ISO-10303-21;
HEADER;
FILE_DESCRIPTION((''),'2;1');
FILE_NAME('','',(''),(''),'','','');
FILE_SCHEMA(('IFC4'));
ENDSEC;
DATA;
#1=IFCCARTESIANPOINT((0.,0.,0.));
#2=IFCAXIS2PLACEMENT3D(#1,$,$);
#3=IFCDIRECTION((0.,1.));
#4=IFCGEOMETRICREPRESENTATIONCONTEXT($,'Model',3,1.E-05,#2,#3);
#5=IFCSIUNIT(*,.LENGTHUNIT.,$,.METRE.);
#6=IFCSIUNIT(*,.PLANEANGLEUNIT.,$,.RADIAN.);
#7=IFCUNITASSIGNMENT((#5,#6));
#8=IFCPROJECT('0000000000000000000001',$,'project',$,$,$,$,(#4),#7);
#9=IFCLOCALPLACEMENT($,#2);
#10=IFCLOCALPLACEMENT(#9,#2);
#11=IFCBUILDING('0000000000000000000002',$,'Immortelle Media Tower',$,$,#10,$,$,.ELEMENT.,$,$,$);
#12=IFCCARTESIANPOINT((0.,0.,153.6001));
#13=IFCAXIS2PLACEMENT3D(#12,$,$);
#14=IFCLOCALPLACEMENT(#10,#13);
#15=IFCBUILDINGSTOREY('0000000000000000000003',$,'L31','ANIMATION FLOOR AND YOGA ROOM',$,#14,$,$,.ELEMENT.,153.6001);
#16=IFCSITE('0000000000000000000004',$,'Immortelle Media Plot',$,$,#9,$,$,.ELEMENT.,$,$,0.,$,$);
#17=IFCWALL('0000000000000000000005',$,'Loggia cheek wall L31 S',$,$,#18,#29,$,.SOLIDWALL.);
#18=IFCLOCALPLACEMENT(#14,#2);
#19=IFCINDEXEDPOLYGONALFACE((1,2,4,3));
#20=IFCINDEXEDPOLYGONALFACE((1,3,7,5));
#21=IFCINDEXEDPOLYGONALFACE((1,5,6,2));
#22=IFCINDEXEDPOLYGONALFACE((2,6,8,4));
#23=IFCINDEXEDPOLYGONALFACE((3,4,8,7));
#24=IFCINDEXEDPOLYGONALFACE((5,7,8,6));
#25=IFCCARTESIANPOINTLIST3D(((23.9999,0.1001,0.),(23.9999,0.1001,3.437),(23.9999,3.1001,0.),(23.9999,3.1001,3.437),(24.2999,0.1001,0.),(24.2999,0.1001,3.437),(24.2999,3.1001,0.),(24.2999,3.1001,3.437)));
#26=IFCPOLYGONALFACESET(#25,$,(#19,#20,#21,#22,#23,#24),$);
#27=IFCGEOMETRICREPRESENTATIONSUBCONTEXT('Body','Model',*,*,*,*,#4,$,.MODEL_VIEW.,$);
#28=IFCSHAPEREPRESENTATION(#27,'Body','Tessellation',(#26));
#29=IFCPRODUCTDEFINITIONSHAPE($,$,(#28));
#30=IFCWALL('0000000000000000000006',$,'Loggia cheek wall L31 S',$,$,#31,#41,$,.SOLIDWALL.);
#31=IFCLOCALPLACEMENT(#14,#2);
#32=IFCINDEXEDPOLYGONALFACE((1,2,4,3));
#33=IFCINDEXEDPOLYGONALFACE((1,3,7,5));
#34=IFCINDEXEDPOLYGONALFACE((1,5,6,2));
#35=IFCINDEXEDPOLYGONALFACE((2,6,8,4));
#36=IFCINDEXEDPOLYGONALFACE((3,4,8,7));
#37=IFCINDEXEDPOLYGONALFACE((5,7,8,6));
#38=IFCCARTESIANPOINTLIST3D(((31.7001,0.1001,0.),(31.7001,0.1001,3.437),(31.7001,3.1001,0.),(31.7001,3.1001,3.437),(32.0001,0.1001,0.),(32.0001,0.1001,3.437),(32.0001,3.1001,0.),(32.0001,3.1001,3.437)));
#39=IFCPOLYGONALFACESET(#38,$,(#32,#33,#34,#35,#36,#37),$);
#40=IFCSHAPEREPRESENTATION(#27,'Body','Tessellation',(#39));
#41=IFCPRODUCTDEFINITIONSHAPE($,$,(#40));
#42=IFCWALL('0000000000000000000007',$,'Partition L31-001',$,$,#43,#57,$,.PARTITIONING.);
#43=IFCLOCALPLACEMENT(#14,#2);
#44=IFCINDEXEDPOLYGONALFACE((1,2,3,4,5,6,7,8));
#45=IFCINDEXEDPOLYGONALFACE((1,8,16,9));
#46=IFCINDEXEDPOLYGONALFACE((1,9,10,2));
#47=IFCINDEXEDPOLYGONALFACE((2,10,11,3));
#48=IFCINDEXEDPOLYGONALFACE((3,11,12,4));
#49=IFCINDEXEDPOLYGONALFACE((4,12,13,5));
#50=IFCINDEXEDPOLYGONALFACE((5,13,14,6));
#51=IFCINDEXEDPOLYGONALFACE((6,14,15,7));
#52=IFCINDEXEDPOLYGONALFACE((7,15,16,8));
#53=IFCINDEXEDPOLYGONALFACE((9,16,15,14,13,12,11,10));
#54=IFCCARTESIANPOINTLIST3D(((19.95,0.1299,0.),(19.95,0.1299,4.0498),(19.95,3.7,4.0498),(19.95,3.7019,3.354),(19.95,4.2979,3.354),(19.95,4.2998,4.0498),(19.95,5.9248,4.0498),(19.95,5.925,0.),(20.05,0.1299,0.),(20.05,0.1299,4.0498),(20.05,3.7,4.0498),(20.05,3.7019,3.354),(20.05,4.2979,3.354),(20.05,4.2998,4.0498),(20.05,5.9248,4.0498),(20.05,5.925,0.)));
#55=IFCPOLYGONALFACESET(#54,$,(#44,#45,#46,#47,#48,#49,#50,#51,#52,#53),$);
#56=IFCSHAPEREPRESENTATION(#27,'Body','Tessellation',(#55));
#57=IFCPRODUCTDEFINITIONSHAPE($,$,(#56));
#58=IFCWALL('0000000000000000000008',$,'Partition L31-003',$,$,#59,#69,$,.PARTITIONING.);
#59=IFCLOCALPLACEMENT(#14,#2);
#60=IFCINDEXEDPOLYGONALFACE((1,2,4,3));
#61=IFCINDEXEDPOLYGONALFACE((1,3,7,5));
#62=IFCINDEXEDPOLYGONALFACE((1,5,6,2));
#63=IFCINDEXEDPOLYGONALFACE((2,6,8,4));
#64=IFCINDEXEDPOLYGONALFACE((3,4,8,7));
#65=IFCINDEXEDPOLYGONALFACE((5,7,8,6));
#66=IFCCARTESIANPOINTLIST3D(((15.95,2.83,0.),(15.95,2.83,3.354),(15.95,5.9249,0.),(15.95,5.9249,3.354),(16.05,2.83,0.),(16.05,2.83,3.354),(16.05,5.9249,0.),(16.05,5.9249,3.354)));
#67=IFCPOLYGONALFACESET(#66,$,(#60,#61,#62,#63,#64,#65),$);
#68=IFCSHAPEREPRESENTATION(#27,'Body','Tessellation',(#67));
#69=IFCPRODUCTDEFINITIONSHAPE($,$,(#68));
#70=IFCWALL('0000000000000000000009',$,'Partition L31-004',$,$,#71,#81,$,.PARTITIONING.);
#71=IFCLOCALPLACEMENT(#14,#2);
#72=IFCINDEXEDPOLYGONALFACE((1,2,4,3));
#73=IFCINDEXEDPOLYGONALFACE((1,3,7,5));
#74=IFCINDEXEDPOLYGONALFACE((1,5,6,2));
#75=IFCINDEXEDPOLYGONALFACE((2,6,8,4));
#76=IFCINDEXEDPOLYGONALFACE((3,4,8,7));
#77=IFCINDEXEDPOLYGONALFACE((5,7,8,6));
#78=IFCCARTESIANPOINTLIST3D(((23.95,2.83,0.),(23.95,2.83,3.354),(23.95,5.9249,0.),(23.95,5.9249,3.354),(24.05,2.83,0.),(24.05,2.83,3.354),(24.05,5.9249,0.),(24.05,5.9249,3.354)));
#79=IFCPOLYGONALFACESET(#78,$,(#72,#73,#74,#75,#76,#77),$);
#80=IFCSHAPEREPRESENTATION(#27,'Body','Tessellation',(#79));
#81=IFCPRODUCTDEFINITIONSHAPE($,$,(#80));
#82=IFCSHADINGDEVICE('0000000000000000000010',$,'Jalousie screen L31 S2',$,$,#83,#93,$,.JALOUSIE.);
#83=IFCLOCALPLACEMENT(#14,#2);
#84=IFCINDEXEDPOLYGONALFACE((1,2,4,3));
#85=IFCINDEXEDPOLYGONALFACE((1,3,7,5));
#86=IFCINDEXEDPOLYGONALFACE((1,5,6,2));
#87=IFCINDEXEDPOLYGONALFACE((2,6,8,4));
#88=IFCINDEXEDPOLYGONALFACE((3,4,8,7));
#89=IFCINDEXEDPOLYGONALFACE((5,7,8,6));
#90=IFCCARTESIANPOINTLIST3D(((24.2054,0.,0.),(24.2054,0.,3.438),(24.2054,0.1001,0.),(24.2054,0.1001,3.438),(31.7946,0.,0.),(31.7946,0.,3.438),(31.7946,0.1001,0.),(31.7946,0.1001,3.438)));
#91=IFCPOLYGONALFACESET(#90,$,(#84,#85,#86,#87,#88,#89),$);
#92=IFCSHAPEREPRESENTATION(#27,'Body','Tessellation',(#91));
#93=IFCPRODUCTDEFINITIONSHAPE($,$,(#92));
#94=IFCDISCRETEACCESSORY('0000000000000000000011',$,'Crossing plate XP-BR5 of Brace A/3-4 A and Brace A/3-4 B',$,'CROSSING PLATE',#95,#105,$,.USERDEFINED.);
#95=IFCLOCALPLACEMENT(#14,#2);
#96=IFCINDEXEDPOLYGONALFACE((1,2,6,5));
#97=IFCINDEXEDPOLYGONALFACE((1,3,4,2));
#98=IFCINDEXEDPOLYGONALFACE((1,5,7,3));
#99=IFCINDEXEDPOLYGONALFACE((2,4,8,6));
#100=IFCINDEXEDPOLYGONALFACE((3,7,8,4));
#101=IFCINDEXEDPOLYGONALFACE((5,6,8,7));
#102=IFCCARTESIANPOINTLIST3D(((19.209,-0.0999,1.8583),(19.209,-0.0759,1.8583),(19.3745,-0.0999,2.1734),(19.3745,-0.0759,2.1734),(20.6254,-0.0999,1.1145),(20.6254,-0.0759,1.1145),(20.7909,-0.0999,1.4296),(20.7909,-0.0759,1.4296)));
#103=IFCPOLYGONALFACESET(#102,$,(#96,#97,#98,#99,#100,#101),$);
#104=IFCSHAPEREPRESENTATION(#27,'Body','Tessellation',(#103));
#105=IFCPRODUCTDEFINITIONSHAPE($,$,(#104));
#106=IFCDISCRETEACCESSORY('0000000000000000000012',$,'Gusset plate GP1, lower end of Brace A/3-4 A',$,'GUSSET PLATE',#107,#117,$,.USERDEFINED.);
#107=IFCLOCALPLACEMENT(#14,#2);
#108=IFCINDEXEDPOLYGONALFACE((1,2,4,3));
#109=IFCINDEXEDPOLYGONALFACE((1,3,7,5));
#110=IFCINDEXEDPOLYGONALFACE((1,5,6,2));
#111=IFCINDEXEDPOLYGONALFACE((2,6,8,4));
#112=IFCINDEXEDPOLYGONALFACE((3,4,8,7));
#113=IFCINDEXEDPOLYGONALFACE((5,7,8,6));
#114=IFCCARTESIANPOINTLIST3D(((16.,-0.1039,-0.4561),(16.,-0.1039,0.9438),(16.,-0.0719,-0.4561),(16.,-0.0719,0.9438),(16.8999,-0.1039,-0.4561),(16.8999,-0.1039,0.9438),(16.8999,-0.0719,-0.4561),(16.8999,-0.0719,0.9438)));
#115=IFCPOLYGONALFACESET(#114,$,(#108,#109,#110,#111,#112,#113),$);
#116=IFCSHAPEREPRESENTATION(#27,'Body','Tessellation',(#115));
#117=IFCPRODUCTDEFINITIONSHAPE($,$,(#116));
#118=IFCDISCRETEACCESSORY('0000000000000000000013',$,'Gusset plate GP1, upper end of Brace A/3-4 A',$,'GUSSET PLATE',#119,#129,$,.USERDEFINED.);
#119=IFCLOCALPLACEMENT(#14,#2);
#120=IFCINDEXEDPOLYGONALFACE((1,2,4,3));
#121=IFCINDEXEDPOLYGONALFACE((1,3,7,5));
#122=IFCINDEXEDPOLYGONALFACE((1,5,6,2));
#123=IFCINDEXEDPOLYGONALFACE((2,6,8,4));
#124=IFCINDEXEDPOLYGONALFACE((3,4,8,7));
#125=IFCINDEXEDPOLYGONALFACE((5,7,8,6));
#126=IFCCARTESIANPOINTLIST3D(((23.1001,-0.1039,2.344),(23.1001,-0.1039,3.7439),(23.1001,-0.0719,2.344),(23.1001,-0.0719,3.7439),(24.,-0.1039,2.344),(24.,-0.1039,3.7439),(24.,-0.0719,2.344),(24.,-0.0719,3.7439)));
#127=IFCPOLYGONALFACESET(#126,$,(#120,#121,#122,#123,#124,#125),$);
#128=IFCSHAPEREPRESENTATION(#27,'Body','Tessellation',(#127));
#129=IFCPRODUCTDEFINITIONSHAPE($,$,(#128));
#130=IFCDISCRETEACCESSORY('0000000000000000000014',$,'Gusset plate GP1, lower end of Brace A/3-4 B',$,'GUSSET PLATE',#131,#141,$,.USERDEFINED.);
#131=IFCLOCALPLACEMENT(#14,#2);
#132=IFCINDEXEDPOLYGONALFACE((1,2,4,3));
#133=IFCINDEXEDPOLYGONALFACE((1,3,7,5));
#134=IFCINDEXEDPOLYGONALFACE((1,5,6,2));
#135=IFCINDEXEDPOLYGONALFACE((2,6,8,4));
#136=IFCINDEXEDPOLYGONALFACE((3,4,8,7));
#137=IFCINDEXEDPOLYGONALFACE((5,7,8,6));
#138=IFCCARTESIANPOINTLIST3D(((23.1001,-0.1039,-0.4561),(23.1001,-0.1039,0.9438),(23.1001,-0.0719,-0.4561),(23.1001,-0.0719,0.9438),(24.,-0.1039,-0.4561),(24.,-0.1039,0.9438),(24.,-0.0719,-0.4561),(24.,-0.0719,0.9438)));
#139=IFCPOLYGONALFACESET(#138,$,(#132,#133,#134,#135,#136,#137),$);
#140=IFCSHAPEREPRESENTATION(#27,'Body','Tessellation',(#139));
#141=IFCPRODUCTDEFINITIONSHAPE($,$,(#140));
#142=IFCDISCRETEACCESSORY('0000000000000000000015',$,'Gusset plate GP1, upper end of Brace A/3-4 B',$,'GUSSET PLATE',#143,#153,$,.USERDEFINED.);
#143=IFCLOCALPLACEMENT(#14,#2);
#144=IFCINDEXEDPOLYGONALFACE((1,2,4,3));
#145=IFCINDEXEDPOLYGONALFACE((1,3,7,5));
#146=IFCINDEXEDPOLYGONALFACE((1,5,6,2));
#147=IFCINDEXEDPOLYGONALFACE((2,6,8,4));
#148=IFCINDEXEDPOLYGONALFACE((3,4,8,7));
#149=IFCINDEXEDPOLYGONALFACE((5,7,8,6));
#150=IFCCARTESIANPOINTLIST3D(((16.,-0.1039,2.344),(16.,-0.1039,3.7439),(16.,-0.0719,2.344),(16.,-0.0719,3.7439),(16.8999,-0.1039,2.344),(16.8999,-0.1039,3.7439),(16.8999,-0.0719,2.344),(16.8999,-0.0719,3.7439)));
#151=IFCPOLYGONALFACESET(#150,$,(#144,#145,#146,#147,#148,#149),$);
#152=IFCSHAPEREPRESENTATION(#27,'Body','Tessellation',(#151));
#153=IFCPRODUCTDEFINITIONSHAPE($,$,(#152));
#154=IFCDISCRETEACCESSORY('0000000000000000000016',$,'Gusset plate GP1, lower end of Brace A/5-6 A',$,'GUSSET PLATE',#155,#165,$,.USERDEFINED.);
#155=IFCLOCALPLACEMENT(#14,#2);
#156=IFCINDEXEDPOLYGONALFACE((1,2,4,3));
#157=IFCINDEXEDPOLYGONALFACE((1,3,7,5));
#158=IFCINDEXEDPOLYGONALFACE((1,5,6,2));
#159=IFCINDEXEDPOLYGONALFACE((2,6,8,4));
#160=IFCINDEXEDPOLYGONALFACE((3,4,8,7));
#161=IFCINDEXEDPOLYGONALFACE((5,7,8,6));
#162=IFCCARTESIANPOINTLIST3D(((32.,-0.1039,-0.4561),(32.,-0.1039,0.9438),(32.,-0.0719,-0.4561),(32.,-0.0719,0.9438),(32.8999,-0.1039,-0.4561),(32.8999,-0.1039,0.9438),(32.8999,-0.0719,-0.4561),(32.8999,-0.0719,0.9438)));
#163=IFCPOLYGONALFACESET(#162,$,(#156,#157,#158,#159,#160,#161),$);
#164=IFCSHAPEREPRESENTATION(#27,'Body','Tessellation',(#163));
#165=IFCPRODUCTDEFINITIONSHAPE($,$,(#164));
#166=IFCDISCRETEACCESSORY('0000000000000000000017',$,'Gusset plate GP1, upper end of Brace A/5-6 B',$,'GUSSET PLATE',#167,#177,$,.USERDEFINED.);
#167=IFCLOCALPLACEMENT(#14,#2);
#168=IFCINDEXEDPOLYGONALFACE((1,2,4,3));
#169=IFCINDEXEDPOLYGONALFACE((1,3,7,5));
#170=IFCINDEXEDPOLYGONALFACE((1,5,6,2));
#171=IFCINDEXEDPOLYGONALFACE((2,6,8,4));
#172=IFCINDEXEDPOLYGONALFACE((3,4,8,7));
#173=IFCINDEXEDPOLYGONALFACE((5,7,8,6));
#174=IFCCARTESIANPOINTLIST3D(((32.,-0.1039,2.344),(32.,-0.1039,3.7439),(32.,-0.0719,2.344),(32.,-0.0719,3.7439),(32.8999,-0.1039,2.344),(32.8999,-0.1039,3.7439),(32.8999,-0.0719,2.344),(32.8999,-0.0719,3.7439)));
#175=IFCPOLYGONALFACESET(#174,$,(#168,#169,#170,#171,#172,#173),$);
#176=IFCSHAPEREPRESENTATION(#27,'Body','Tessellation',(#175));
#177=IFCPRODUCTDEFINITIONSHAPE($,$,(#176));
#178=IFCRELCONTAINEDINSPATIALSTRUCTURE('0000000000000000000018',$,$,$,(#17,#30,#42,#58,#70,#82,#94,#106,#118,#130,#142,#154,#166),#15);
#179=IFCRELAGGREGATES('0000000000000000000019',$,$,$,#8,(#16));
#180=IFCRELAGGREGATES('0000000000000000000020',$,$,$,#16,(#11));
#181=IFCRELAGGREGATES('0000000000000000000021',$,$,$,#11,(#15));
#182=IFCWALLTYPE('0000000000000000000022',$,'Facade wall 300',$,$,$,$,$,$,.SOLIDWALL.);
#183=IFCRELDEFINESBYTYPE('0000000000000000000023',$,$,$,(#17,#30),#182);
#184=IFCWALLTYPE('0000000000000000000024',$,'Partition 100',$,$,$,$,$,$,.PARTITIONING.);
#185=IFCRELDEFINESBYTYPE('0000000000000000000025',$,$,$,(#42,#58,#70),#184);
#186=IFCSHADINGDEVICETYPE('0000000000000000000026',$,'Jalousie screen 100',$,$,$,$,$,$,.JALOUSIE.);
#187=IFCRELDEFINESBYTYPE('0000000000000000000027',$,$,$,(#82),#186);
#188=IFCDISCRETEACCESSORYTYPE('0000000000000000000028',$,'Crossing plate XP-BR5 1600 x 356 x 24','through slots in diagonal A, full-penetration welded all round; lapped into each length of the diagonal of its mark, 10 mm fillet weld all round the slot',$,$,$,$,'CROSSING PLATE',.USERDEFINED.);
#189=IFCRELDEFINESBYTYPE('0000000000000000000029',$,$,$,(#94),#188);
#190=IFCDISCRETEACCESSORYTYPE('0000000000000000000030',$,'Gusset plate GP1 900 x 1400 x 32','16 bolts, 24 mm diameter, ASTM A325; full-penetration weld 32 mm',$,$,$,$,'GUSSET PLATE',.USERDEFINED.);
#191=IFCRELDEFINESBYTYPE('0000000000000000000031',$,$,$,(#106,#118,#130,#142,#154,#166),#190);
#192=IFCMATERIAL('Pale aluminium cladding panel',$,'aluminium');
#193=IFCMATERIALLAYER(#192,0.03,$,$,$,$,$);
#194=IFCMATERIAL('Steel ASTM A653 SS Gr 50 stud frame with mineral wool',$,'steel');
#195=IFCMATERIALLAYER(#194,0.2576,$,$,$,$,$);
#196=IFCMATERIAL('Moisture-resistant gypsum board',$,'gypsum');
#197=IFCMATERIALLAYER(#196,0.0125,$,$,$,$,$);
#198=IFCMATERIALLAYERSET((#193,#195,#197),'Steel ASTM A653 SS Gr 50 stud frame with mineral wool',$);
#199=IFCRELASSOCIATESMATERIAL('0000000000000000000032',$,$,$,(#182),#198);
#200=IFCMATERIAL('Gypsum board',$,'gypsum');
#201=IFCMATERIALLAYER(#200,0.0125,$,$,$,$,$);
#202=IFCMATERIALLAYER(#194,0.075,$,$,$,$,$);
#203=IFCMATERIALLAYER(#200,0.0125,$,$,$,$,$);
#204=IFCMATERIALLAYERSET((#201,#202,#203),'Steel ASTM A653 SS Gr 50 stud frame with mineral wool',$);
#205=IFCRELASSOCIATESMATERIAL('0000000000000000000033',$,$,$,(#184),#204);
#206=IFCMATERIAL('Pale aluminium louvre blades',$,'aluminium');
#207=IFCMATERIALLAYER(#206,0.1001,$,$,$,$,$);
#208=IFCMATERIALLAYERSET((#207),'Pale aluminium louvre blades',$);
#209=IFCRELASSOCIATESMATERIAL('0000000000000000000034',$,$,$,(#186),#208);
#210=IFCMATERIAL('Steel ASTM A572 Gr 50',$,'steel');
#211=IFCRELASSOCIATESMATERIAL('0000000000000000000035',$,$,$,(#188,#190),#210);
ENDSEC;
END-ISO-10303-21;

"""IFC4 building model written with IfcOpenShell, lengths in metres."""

from ifc_helpers import new_model, si_unit, direction, frame, frame_2d, origin, origin_2d, place, context, subcontext, project, spatial, polyline, rectangle, outline, extrude, material, layer, layer_set, material_profile, profile_set, type_object, element, save


model = new_model("IFC4")

# Units and contexts
model_context = context("Model", 3, precision=1e-05, world=origin(), true_north=direction((0.0, 1.0)))
body_context = subcontext(model_context, "Body", "Model", "MODEL_VIEW")
ifc_project = project(units=[si_unit("LENGTHUNIT", "METRE"), si_unit("PLANEANGLEUNIT", "RADIAN")], contexts=[model_context])

# Site, building, storey
site_placement = place(None, origin())
site = spatial("IfcSite", under=ifc_project, at=site_placement, Name="Immortelle Media Plot", CompositionType="ELEMENT", RefElevation=0.0)
building_placement = place(site_placement, origin())
building = spatial("IfcBuilding", under=site, at=building_placement, Name="Immortelle Media Tower", CompositionType="ELEMENT")
storey_placement = place(building_placement, frame((0.0, 0.0, 153.6001)))
storey = spatial("IfcBuildingStorey", under=building, at=storey_placement, Name="L31", Description="ANIMATION FLOOR AND YOGA ROOM", CompositionType="ELEMENT", Elevation=153.6001)

# Shared definitions
ifc_material_1 = material(Name="Pale aluminium cladding panel", Category="aluminium")
ifc_layer_1 = layer(ifc_material_1, 0.03)
ifc_material_2 = material(Name="Steel ASTM A653 SS Gr 50 stud frame with mineral wool", Category="steel")
ifc_layer_2 = layer(ifc_material_2, 0.2576)
ifc_material_3 = material(Name="Moisture-resistant gypsum board", Category="gypsum")
ifc_layer_3 = layer(ifc_material_3, 0.0125)
ifc_layer_set_1 = layer_set([ifc_layer_1, ifc_layer_2, ifc_layer_3], Name="Steel ASTM A653 SS Gr 50 stud frame with mineral wool")
wall_type_1 = type_object("IfcWallType", Name="Facade wall 300", PredefinedType="SOLIDWALL", material=ifc_layer_set_1)

# Walls
for number, where, z_axis, x_axis, name in (
    (1, (24.1499, 0.1001, 0.0), (0.0, 0.0, 1.0), (0.0, 1.0, 0.0), "Loggia cheek wall L31 S"),
    (2, (31.8501, 0.1001, 0.0), (0.0, 0.0, 1.0), (0.0, 1.0, 0.0), "Loggia cheek wall L31 S"),
):
    element("IfcWall", number, at=place(storey_placement, frame(where, z_axis=z_axis, x_axis=x_axis)), inside=storey, type_object=wall_type_1, Name=name, PredefinedType="SOLIDWALL", context=body_context, shape_type="SweptSolid", body=[
        extrude(rectangle(XDim=3.0, YDim=0.3, at=frame_2d((1.5, 0.0))), origin(), (0.0, 0.0, 1.0), 3.437),
    ])
ifc_material_4 = material(Name="Gypsum board", Category="gypsum")
ifc_layer_4 = layer(ifc_material_4, 0.0125)
ifc_layer_5 = layer(ifc_material_2, 0.075)
ifc_layer_6 = layer(ifc_material_4, 0.0125)
ifc_layer_set_2 = layer_set([ifc_layer_4, ifc_layer_5, ifc_layer_6], Name="Steel ASTM A653 SS Gr 50 stud frame with mineral wool")
wall_type_2 = type_object("IfcWallType", Name="Partition 100", PredefinedType="PARTITIONING", material=ifc_layer_set_2)
wall_1_placement = place(storey_placement, frame((20.0, 0.1299, 0.0), z_axis=(0.0, 0.0, 1.0), x_axis=(0.0, 1.0, 0.0)))
element("IfcWall", 3, at=wall_1_placement, inside=storey, type_object=wall_type_2, Name="Partition L31-001", PredefinedType="PARTITIONING", context=body_context, shape_type="SweptSolid", body=[
    extrude(outline(polyline([(0.0, 0.0), (5.7952, 0.0), (5.7949, 4.0498), (4.1699, 4.0498), (4.168, 3.354), (3.572, 3.354), (3.5701, 4.0498), (0.0, 4.0498), (0.0, 0.0)])), frame((0.0, 0.05, 0.0), z_axis=(0.0, -1.0, 0.0), x_axis=(1.0, 0.0, 0.0)), (0.0, 0.0, 1.0), 0.1001),
])
for number, where, z_axis, x_axis, name in (
    (4, (16.0, 2.8301, 0.0), (0.0, 0.0, 1.0), (0.0, 1.0, 0.0), "Partition L31-003"),
    (5, (24.0, 2.8301, 0.0), (0.0, 0.0, 1.0), (0.0, 1.0, 0.0), "Partition L31-004"),
):
    element("IfcWall", number, at=place(storey_placement, frame(where, z_axis=z_axis, x_axis=x_axis)), inside=storey, type_object=wall_type_2, Name=name, PredefinedType="PARTITIONING", context=body_context, shape_type="SweptSolid", body=[
        extrude(rectangle(XDim=3.095, YDim=0.1001, at=frame_2d((1.5474, 0.0))), origin(), (0.0, 0.0, 1.0), 3.354),
    ])

# Shading device
ifc_material_5 = material(Name="Pale aluminium louvre blades", Category="aluminium")
ifc_layer_7 = layer(ifc_material_5, 0.1001)
ifc_layer_set_3 = layer_set([ifc_layer_7], Name="Pale aluminium louvre blades")
shading_device_type = type_object("IfcShadingDeviceType", Name="Jalousie screen 100", PredefinedType="JALOUSIE", material=ifc_layer_set_3)
shading_device_placement = place(storey_placement, frame((28.0, 0.05, 0.0), z_axis=(0.0, 0.0, 1.0), x_axis=(1.0, 0.0, 0.0)))
element("IfcShadingDevice", 6, at=shading_device_placement, inside=storey, type_object=shading_device_type, Name="Jalousie screen L31 S2", PredefinedType="JALOUSIE", context=body_context, shape_type="SweptSolid", body=[
    extrude(rectangle(XDim=7.5891, YDim=0.1001, at=origin_2d()), origin(), (0.0, 0.0, 1.0), 3.438),
])

# Discrete accessories
ifc_material_6 = material(Name="Steel ASTM A572 Gr 50", Category="steel")
ifc_material_profile_1 = material_profile(ifc_material_6, rectangle(XDim=0.0239, YDim=0.356, at=origin_2d()), Name="PL 24 x 356")
ifc_profile_set_1 = profile_set([ifc_material_profile_1], Name="Steel ASTM A572 Gr 50")
discrete_accessory_type_1 = type_object("IfcDiscreteAccessoryType", Name="Crossing plate XP-BR5 1600 x 356 x 24", Description="through slots in diagonal A, full-penetration welded all round; lapped into each length of the diagonal of its mark, 10 mm fillet weld all round the slot", ElementType="CROSSING PLATE", PredefinedType="USERDEFINED", material=ifc_profile_set_1)
discrete_accessory_placement = place(storey_placement, frame((19.2917, -0.0879, 2.0159), z_axis=(0.885338, 0.0, -0.464948), x_axis=(0.0, 1.0, 0.0)))
element("IfcDiscreteAccessory", 7, at=discrete_accessory_placement, inside=storey, type_object=discrete_accessory_type_1, Name="Crossing plate XP-BR5 of Brace A/3-4 A and Brace A/3-4 B", ObjectType="CROSSING PLATE", PredefinedType="USERDEFINED", context=body_context, shape_type="SweptSolid", body=[
    extrude(rectangle(XDim=0.0239, YDim=0.356, at=origin_2d()), origin(), (0.0, 0.0, 1.0), 1.5999),
])
ifc_material_profile_2 = material_profile(ifc_material_6, rectangle(XDim=0.032, YDim=1.3999, at=origin_2d()), Name="PL 32 x 1400")
ifc_profile_set_2 = profile_set([ifc_material_profile_2], Name="Steel ASTM A572 Gr 50")
discrete_accessory_type_2 = type_object("IfcDiscreteAccessoryType", Name="Gusset plate GP1 900 x 1400 x 32", Description="16 bolts, 24 mm diameter, ASTM A325; full-penetration weld 32 mm", ElementType="GUSSET PLATE", PredefinedType="USERDEFINED", material=ifc_profile_set_2)
for number, where, z_axis, x_axis, name in (
    (8, (16.0, -0.0879, 0.2439), (1.0, 0.0, 0.0), (0.0, 1.0, 0.0), "Gusset plate GP1, lower end of Brace A/3-4 A"),
    (9, (24.0, -0.0879, 3.0439), (-1.0, 0.0, 0.0), (0.0, -1.0, 0.0), "Gusset plate GP1, upper end of Brace A/3-4 A"),
    (10, (24.0, -0.0879, 0.2439), (-1.0, 0.0, 0.0), (0.0, -1.0, 0.0), "Gusset plate GP1, lower end of Brace A/3-4 B"),
    (11, (16.0, -0.0879, 3.0439), (1.0, 0.0, 0.0), (0.0, 1.0, 0.0), "Gusset plate GP1, upper end of Brace A/3-4 B"),
    (12, (32.0, -0.0879, 0.2439), (1.0, 0.0, 0.0), (0.0, 1.0, 0.0), "Gusset plate GP1, lower end of Brace A/5-6 A"),
    (13, (32.0, -0.0879, 3.0439), (1.0, 0.0, 0.0), (0.0, 1.0, 0.0), "Gusset plate GP1, upper end of Brace A/5-6 B"),
):
    element("IfcDiscreteAccessory", number, at=place(storey_placement, frame(where, z_axis=z_axis, x_axis=x_axis)), inside=storey, type_object=discrete_accessory_type_2, Name=name, ObjectType="GUSSET PLATE", PredefinedType="USERDEFINED", context=body_context, shape_type="SweptSolid", body=[
        extrude(rectangle(XDim=0.032, YDim=1.3999, at=origin_2d()), origin(), (0.0, 0.0, 1.0), 0.8999),
    ])

save(model, "model.ifc")
